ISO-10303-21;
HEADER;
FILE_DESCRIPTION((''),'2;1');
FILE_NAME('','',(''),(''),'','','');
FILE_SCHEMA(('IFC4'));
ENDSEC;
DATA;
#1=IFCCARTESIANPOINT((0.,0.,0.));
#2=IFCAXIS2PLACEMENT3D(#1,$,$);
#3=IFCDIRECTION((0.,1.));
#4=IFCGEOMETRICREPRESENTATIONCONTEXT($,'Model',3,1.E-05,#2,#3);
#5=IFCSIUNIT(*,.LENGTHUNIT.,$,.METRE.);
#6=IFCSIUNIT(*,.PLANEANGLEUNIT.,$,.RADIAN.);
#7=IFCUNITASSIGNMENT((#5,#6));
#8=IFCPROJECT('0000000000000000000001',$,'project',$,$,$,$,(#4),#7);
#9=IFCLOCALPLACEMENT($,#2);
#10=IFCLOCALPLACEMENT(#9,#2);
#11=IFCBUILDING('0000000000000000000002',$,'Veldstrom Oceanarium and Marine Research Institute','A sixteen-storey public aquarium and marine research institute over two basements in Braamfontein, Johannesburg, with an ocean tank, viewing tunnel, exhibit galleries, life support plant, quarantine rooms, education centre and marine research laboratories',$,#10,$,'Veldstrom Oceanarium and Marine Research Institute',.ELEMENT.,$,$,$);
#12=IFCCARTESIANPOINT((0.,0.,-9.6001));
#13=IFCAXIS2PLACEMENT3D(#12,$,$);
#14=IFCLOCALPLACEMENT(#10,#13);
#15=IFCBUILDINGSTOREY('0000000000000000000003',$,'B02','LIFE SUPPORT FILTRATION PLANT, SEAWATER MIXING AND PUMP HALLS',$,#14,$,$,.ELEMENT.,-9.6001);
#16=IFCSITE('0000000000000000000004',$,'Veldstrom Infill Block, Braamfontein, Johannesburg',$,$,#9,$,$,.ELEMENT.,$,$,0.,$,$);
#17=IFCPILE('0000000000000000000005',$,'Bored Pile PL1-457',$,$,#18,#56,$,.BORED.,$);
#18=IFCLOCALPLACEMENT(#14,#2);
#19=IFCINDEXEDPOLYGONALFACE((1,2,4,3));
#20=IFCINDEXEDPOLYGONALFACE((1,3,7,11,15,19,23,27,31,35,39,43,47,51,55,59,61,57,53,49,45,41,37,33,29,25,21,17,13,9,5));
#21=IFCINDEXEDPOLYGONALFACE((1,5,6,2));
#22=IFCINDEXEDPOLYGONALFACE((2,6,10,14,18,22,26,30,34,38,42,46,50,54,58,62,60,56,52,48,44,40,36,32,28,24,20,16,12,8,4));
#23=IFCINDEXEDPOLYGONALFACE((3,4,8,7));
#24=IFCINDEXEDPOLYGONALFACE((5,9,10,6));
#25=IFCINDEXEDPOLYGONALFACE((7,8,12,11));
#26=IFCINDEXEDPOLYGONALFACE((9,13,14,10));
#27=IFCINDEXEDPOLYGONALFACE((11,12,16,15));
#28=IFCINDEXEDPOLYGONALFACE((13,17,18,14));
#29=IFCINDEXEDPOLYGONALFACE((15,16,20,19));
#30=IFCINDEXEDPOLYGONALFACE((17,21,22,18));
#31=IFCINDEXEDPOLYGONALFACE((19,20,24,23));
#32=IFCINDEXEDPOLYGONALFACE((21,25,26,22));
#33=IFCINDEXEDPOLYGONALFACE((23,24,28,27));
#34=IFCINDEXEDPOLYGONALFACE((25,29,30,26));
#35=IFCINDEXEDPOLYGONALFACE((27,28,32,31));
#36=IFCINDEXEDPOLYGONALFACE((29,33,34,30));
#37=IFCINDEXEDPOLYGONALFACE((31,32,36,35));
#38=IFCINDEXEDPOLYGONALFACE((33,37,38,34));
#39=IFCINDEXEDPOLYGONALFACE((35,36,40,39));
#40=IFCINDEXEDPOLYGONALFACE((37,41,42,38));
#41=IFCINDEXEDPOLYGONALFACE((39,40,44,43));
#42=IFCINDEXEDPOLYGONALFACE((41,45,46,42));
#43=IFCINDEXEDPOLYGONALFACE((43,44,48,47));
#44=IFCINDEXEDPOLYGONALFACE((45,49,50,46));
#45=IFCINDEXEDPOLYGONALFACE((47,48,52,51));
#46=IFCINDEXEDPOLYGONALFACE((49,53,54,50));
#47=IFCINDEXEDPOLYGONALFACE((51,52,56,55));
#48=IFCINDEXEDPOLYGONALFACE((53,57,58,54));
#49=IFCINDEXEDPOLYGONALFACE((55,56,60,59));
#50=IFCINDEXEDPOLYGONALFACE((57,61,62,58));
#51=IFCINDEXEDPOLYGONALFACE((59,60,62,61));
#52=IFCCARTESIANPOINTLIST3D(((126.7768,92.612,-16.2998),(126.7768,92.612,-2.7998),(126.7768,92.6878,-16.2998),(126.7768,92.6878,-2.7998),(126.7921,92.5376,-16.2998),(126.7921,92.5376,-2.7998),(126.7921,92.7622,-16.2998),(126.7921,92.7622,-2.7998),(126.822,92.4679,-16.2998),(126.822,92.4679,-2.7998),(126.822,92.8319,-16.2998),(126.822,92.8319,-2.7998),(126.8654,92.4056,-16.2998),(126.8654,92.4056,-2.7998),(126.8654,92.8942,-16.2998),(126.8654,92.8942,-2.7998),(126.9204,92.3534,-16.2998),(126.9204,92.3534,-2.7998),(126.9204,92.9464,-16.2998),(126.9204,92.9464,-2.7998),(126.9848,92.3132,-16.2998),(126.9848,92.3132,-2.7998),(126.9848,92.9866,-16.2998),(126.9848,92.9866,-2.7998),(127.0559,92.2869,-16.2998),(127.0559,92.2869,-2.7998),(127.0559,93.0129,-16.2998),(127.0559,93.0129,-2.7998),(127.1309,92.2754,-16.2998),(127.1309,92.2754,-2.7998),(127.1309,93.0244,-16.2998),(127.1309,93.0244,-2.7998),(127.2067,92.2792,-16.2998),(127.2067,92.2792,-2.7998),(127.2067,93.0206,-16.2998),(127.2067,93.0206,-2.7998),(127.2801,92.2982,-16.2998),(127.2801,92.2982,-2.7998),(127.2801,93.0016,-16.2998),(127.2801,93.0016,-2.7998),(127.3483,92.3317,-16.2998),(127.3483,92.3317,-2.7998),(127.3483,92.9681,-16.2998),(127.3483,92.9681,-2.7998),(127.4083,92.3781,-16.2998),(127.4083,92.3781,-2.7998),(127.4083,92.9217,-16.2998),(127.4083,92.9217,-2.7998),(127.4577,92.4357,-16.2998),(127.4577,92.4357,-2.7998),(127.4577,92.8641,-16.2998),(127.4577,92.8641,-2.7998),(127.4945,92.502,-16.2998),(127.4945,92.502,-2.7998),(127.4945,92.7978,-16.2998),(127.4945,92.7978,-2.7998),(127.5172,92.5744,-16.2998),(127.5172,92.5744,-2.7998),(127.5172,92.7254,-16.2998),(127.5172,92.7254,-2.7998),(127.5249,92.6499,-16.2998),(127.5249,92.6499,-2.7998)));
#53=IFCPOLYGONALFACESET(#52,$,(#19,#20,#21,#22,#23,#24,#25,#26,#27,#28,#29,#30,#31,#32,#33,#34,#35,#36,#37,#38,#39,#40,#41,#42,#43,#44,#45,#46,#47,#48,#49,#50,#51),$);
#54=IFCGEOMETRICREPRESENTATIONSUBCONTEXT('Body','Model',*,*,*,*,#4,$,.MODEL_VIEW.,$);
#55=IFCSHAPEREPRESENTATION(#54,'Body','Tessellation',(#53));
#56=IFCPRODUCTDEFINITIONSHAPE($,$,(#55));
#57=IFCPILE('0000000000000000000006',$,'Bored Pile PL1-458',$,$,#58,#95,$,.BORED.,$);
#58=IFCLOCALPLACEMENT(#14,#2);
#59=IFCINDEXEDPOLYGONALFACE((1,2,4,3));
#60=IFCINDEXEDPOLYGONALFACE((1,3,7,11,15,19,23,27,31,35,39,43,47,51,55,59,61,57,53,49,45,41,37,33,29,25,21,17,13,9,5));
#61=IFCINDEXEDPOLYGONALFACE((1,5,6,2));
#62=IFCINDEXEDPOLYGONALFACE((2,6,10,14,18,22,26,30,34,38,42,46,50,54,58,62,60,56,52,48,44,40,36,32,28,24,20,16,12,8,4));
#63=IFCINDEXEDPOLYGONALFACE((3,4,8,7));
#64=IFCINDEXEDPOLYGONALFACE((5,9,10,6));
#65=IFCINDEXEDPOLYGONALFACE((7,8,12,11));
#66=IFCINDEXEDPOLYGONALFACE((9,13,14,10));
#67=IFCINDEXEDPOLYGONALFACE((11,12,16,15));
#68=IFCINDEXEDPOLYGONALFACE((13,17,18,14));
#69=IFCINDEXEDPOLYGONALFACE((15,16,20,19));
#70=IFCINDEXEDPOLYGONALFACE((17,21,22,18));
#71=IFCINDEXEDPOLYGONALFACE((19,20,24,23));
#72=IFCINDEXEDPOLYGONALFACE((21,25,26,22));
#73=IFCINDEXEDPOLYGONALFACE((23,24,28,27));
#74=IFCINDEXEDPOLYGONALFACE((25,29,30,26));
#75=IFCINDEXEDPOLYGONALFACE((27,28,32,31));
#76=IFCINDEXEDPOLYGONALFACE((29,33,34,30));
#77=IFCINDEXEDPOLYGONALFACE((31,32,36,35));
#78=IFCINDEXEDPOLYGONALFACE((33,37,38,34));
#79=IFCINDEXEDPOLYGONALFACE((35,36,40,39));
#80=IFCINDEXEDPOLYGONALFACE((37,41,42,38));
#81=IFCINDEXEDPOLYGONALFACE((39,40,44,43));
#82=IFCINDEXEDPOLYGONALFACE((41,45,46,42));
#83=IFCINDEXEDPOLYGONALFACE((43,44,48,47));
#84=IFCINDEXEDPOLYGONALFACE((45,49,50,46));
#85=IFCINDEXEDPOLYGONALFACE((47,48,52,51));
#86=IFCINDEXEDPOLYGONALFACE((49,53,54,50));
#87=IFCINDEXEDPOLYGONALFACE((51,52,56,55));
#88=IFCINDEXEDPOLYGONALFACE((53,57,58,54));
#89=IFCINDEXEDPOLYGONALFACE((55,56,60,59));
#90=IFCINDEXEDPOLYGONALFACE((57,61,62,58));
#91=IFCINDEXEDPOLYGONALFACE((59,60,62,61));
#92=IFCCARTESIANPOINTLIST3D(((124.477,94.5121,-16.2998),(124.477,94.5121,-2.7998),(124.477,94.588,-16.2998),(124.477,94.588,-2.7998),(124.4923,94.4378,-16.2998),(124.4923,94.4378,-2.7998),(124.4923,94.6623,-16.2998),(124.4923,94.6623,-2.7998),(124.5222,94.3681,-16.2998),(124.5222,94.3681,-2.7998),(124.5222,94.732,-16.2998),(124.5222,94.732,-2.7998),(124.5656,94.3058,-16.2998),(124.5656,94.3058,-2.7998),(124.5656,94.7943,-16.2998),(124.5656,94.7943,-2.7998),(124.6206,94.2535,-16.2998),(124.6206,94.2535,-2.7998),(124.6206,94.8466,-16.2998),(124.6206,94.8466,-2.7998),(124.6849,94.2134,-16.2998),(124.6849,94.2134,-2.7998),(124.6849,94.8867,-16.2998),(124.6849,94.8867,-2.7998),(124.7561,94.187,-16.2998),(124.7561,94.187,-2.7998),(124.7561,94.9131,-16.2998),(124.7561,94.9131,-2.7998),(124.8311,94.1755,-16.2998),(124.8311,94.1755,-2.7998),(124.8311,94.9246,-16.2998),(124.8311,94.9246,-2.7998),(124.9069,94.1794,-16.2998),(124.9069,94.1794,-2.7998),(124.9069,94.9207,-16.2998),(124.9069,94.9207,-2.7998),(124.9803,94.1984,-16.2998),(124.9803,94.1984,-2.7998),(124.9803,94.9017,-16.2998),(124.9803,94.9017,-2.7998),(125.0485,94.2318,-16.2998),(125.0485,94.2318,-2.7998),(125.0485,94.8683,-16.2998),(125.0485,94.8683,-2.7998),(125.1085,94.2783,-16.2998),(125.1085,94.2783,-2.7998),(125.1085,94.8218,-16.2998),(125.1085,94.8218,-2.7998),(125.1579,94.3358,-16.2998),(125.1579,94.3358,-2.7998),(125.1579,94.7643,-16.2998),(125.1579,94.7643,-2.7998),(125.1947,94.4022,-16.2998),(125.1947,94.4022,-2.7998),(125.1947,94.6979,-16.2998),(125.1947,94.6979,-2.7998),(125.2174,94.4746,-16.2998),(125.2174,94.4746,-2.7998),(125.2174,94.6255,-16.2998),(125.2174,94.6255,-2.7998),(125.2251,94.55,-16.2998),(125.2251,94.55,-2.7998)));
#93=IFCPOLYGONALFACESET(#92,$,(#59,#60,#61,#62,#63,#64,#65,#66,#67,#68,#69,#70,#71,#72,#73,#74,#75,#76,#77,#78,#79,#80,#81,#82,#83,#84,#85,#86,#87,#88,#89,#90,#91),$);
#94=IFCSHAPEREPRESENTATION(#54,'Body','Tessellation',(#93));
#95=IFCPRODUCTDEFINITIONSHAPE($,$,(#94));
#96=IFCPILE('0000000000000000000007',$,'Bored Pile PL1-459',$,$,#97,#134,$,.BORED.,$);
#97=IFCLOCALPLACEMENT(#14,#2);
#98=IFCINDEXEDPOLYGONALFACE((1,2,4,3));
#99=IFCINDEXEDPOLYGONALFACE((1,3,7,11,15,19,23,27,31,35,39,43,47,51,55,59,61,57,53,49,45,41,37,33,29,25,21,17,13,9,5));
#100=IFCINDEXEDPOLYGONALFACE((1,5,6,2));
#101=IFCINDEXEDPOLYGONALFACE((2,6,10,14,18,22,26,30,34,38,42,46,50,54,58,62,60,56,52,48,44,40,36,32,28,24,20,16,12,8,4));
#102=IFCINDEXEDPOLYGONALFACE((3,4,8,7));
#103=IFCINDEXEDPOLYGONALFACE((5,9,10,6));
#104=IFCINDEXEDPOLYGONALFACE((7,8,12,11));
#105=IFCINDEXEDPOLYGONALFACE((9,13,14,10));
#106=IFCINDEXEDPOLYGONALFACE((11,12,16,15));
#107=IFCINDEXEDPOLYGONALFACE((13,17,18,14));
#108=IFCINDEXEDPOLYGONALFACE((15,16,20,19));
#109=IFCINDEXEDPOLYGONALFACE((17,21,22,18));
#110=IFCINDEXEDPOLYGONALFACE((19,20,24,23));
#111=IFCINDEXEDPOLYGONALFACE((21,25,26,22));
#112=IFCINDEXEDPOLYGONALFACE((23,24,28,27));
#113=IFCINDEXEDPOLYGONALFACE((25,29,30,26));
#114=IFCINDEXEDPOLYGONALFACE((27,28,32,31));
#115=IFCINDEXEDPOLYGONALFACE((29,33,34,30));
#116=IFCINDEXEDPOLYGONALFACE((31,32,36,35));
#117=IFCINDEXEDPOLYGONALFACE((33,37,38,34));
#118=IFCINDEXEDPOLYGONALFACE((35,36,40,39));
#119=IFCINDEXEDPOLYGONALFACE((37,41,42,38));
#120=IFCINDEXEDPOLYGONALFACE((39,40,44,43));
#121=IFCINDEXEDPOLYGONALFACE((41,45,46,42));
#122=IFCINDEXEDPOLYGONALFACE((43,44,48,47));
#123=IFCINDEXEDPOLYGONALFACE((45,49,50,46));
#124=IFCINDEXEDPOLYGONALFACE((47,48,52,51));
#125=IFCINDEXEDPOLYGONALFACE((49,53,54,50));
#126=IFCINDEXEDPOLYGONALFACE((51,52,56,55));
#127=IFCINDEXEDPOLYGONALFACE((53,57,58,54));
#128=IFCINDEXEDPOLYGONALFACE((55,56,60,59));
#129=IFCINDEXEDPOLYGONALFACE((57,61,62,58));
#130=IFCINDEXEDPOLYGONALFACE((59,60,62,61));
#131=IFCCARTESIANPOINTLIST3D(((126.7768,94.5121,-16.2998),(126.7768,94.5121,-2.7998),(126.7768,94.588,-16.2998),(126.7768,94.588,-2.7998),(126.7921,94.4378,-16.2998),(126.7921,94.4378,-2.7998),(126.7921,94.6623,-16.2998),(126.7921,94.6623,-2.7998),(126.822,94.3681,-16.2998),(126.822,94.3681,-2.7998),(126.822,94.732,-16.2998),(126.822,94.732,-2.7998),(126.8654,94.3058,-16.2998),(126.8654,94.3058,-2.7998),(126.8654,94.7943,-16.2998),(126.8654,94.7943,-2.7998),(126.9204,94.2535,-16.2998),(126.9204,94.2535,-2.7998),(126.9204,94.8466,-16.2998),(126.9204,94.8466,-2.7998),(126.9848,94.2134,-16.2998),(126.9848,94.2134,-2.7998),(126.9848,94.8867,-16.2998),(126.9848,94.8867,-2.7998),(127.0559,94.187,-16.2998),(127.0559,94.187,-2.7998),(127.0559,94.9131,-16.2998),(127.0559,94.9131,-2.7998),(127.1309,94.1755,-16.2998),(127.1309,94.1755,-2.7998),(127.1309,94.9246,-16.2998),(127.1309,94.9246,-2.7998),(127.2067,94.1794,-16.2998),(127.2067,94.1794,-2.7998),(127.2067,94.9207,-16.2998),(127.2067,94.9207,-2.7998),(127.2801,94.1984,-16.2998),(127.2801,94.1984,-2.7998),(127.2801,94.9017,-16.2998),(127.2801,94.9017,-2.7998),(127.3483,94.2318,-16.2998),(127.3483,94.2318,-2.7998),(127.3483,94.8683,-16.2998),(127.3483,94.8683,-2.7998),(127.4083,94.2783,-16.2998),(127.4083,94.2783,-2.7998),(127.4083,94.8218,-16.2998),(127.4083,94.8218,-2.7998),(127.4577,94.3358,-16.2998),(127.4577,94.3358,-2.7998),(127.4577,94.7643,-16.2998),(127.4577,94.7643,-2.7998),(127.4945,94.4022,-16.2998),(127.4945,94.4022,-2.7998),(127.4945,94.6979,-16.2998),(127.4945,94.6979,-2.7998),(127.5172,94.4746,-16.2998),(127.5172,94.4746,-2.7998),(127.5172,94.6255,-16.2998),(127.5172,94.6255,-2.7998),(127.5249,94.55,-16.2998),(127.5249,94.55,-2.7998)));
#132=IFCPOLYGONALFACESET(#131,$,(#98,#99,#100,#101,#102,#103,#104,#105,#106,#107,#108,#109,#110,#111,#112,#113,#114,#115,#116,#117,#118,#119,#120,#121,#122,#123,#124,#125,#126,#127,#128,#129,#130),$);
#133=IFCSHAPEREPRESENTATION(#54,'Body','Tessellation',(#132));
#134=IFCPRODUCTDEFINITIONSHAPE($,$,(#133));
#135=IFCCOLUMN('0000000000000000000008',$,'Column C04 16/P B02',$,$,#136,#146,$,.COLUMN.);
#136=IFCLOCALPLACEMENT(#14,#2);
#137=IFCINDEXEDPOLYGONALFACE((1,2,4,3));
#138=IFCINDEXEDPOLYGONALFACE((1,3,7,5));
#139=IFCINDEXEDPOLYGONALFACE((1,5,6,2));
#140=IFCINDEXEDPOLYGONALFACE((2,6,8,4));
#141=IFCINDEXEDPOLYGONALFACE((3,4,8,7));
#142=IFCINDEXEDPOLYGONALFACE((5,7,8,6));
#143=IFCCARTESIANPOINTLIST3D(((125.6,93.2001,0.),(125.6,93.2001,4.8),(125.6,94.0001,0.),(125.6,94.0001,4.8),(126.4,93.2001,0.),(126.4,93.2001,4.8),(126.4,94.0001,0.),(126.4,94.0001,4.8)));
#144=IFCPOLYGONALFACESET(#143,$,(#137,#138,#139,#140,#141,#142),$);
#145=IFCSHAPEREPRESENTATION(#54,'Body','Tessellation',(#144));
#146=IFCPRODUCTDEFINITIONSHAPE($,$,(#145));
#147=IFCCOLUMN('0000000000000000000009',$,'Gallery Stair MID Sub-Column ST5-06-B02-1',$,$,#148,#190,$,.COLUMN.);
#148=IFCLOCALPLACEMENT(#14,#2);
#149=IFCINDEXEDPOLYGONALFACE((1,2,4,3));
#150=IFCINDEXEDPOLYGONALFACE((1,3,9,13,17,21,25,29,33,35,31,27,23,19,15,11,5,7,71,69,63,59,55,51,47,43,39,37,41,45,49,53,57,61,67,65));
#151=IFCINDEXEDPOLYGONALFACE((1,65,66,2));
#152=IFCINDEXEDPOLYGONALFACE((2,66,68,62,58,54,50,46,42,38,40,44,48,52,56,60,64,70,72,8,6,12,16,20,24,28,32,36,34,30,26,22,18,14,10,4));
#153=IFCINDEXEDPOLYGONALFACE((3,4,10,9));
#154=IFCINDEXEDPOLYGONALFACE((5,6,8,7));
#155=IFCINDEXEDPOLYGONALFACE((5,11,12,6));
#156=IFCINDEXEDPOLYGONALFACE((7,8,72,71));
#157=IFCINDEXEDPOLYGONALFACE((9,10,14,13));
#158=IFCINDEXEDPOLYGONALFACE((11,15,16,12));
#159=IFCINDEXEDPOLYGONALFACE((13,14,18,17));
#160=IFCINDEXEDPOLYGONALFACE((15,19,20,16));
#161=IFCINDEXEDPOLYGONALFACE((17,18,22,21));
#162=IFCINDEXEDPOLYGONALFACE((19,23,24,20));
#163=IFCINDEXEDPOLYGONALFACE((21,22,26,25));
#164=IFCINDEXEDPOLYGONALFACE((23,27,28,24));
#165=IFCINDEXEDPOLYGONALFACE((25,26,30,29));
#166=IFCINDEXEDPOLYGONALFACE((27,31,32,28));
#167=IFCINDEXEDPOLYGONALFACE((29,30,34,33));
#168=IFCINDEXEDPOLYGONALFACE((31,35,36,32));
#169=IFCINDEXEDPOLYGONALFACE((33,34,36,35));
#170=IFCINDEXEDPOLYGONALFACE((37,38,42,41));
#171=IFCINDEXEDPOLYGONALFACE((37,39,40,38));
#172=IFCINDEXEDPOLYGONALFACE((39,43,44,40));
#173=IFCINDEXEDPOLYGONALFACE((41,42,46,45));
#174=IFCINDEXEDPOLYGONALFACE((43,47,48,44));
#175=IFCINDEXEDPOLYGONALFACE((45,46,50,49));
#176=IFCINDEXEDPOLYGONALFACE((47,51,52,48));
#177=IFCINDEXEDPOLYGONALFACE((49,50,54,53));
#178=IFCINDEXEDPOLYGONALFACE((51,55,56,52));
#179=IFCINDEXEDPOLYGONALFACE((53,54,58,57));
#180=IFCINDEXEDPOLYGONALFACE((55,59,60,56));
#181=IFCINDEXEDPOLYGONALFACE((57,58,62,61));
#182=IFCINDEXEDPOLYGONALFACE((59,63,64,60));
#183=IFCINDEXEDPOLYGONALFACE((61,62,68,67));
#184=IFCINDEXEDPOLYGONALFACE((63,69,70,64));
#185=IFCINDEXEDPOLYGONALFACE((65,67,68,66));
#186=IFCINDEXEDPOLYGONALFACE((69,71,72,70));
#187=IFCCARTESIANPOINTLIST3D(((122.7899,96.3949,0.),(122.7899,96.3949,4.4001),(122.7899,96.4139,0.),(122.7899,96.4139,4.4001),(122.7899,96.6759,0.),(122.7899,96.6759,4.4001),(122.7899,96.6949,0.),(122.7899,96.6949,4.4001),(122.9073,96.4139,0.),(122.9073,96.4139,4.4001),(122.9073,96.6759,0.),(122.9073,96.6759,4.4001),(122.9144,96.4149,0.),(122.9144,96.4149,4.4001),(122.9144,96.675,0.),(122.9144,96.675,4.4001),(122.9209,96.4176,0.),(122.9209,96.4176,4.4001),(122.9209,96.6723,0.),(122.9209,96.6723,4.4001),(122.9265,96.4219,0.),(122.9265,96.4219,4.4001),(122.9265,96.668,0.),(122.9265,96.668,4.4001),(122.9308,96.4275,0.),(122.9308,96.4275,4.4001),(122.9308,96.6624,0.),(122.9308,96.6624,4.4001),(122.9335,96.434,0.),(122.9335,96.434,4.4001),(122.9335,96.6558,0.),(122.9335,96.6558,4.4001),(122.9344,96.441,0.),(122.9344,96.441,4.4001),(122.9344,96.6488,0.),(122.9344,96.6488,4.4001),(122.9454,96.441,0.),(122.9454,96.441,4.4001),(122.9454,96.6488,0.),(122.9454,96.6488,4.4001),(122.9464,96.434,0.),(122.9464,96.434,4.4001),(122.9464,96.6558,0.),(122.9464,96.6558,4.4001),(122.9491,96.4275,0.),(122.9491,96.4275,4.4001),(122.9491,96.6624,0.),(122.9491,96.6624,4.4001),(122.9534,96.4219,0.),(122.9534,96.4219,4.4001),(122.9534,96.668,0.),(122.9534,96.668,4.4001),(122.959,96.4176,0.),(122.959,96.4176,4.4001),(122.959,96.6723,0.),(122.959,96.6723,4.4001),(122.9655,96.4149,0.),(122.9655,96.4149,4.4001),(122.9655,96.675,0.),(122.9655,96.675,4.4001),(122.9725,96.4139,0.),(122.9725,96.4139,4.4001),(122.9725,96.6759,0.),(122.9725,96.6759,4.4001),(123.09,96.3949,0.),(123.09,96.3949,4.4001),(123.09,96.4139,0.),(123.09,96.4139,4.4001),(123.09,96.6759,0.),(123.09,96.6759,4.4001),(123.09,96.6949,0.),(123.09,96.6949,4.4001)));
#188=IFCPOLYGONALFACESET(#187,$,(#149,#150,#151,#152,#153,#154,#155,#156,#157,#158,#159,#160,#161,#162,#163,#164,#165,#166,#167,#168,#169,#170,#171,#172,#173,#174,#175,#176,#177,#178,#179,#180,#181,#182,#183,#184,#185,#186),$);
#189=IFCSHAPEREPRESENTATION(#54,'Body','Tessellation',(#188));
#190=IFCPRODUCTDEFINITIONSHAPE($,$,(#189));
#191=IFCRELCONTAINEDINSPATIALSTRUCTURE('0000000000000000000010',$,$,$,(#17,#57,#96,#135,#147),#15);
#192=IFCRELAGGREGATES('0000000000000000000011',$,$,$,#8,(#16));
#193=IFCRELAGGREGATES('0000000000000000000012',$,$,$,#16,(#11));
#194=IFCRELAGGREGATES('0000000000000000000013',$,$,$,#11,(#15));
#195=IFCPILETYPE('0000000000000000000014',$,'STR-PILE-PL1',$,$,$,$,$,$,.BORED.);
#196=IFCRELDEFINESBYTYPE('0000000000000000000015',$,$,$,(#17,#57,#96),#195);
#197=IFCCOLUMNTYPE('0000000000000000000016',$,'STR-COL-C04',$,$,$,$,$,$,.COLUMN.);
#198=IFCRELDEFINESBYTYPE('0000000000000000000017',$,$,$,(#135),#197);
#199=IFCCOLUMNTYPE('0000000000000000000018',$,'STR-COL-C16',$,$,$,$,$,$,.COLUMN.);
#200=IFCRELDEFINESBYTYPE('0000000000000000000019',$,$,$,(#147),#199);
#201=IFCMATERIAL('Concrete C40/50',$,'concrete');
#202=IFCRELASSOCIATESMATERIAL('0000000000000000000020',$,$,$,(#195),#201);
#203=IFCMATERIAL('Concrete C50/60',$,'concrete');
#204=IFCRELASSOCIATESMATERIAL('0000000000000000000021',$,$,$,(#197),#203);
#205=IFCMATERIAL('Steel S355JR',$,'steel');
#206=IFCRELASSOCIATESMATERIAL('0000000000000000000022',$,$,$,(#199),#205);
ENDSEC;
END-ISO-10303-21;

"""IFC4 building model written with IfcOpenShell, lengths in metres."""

from ifc_helpers import new_model, si_unit, direction, frame, origin, origin_2d, place, context, subcontext, project, spatial, rectangle, circle, i_section, extrude, material, material_profile, profile_set, type_object, element, save


model = new_model("IFC4")

# Units and contexts
model_context = context("Model", 3, precision=1e-05, world=origin(), true_north=direction((0.0, 1.0)))
body_context = subcontext(model_context, "Body", "Model", "MODEL_VIEW")
ifc_project = project(units=[si_unit("LENGTHUNIT", "METRE"), si_unit("PLANEANGLEUNIT", "RADIAN")], contexts=[model_context])

# Site, building, storey
site_placement = place(None, origin())
site = spatial("IfcSite", under=ifc_project, at=site_placement, Name="Veldstrom Infill Block, Braamfontein, Johannesburg", CompositionType="ELEMENT", RefElevation=0.0)
building_placement = place(site_placement, origin())
building = spatial("IfcBuilding", under=site, at=building_placement, Name="Veldstrom Oceanarium and Marine Research Institute", Description="A sixteen-storey public aquarium and marine research institute over two basements in Braamfontein, Johannesburg, with an ocean tank, viewing tunnel, exhibit galleries, life support plant, quarantine rooms, education centre and marine research laboratories", LongName="Veldstrom Oceanarium and Marine Research Institute", CompositionType="ELEMENT")
storey_placement = place(building_placement, frame((0.0, 0.0, -9.6001)))
storey = spatial("IfcBuildingStorey", under=building, at=storey_placement, Name="B02", Description="LIFE SUPPORT FILTRATION PLANT, SEAWATER MIXING AND PUMP HALLS", CompositionType="ELEMENT", Elevation=-9.6001)

# Piles
ifc_material_1 = material(Name="Concrete C40/50", Category="concrete")
ifc_material_profile_1 = material_profile(ifc_material_1, circle(Radius=0.375, at=origin_2d()), Name="PILE-D750")
ifc_profile_set_1 = profile_set([ifc_material_profile_1], Name="Concrete C40/50")
pile_type = type_object("IfcPileType", Name="STR-PILE-PL1", PredefinedType="BORED", material=ifc_profile_set_1)
for number, where, z_axis, x_axis, name in (
    (1, (127.1499, 92.6499, -2.7998), (0.0, 0.0, -1.0), (1.0, 0.0, 0.0), "Bored Pile PL1-457"),
    (2, (124.8501, 94.55, -2.7998), (0.0, 0.0, -1.0), (1.0, 0.0, 0.0), "Bored Pile PL1-458"),
    (3, (127.1499, 94.55, -2.7998), (0.0, 0.0, -1.0), (1.0, 0.0, 0.0), "Bored Pile PL1-459"),
):
    element("IfcPile", number, at=place(storey_placement, frame(where, z_axis=z_axis, x_axis=x_axis)), inside=storey, type_object=pile_type, Name=name, PredefinedType="BORED", context=body_context, shape_type="SweptSolid", body=[
        extrude(circle(Radius=0.375, at=origin_2d()), origin(), (0.0, 0.0, 1.0), 13.5),
    ])

# Columns
ifc_material_2 = material(Name="Concrete C50/60", Category="concrete")
ifc_material_profile_2 = material_profile(ifc_material_2, rectangle(XDim=0.8, YDim=0.8, at=origin_2d()), Name="RC-COL-800x800")
ifc_profile_set_2 = profile_set([ifc_material_profile_2], Name="Concrete C50/60")
column_type_1 = type_object("IfcColumnType", Name="STR-COL-C04", PredefinedType="COLUMN", material=ifc_profile_set_2)
column_placement = place(storey_placement, frame((126.0, 93.6001, 0.0), z_axis=(0.0, 0.0, 1.0), x_axis=(1.0, 0.0, 0.0)))
element("IfcColumn", 4, at=column_placement, inside=storey, type_object=column_type_1, Name="Column C04 16/P B02", PredefinedType="COLUMN", context=body_context, shape_type="SweptSolid", body=[
    extrude(rectangle(XDim=0.8, YDim=0.8, at=origin_2d()), origin(), (0.0, 0.0, 1.0), 4.8),
])
ifc_material_3 = material(Name="Steel S355JR", Category="steel")
ifc_material_profile_3 = material_profile(ifc_material_3, i_section(OverallWidth=0.3, OverallDepth=0.3, WebThickness=0.011, FlangeThickness=0.019, FilletRadius=0.0271, at=origin_2d()), Name="HEB 300")
ifc_profile_set_3 = profile_set([ifc_material_profile_3], Name="Steel S355JR")
column_type_2 = type_object("IfcColumnType", Name="STR-COL-C16", PredefinedType="COLUMN", material=ifc_profile_set_3)
for number, where, z_axis, x_axis, name in (
    (5, (122.9399, 96.5449, 0.0), (0.0, 0.0, 1.0), (1.0, 0.0, 0.0), "Gallery Stair MID Sub-Column ST5-06-B02-1"),
):
    element("IfcColumn", number, at=place(storey_placement, frame(where, z_axis=z_axis, x_axis=x_axis)), inside=storey, type_object=column_type_2, Name=name, PredefinedType="COLUMN", context=body_context, shape_type="SweptSolid", body=[
        extrude(i_section(OverallWidth=0.3, OverallDepth=0.3, WebThickness=0.011, FlangeThickness=0.019, FilletRadius=0.0271, at=origin_2d()), origin(), (0.0, 0.0, 1.0), 4.4001),
    ])

save(model, "model.ifc")
